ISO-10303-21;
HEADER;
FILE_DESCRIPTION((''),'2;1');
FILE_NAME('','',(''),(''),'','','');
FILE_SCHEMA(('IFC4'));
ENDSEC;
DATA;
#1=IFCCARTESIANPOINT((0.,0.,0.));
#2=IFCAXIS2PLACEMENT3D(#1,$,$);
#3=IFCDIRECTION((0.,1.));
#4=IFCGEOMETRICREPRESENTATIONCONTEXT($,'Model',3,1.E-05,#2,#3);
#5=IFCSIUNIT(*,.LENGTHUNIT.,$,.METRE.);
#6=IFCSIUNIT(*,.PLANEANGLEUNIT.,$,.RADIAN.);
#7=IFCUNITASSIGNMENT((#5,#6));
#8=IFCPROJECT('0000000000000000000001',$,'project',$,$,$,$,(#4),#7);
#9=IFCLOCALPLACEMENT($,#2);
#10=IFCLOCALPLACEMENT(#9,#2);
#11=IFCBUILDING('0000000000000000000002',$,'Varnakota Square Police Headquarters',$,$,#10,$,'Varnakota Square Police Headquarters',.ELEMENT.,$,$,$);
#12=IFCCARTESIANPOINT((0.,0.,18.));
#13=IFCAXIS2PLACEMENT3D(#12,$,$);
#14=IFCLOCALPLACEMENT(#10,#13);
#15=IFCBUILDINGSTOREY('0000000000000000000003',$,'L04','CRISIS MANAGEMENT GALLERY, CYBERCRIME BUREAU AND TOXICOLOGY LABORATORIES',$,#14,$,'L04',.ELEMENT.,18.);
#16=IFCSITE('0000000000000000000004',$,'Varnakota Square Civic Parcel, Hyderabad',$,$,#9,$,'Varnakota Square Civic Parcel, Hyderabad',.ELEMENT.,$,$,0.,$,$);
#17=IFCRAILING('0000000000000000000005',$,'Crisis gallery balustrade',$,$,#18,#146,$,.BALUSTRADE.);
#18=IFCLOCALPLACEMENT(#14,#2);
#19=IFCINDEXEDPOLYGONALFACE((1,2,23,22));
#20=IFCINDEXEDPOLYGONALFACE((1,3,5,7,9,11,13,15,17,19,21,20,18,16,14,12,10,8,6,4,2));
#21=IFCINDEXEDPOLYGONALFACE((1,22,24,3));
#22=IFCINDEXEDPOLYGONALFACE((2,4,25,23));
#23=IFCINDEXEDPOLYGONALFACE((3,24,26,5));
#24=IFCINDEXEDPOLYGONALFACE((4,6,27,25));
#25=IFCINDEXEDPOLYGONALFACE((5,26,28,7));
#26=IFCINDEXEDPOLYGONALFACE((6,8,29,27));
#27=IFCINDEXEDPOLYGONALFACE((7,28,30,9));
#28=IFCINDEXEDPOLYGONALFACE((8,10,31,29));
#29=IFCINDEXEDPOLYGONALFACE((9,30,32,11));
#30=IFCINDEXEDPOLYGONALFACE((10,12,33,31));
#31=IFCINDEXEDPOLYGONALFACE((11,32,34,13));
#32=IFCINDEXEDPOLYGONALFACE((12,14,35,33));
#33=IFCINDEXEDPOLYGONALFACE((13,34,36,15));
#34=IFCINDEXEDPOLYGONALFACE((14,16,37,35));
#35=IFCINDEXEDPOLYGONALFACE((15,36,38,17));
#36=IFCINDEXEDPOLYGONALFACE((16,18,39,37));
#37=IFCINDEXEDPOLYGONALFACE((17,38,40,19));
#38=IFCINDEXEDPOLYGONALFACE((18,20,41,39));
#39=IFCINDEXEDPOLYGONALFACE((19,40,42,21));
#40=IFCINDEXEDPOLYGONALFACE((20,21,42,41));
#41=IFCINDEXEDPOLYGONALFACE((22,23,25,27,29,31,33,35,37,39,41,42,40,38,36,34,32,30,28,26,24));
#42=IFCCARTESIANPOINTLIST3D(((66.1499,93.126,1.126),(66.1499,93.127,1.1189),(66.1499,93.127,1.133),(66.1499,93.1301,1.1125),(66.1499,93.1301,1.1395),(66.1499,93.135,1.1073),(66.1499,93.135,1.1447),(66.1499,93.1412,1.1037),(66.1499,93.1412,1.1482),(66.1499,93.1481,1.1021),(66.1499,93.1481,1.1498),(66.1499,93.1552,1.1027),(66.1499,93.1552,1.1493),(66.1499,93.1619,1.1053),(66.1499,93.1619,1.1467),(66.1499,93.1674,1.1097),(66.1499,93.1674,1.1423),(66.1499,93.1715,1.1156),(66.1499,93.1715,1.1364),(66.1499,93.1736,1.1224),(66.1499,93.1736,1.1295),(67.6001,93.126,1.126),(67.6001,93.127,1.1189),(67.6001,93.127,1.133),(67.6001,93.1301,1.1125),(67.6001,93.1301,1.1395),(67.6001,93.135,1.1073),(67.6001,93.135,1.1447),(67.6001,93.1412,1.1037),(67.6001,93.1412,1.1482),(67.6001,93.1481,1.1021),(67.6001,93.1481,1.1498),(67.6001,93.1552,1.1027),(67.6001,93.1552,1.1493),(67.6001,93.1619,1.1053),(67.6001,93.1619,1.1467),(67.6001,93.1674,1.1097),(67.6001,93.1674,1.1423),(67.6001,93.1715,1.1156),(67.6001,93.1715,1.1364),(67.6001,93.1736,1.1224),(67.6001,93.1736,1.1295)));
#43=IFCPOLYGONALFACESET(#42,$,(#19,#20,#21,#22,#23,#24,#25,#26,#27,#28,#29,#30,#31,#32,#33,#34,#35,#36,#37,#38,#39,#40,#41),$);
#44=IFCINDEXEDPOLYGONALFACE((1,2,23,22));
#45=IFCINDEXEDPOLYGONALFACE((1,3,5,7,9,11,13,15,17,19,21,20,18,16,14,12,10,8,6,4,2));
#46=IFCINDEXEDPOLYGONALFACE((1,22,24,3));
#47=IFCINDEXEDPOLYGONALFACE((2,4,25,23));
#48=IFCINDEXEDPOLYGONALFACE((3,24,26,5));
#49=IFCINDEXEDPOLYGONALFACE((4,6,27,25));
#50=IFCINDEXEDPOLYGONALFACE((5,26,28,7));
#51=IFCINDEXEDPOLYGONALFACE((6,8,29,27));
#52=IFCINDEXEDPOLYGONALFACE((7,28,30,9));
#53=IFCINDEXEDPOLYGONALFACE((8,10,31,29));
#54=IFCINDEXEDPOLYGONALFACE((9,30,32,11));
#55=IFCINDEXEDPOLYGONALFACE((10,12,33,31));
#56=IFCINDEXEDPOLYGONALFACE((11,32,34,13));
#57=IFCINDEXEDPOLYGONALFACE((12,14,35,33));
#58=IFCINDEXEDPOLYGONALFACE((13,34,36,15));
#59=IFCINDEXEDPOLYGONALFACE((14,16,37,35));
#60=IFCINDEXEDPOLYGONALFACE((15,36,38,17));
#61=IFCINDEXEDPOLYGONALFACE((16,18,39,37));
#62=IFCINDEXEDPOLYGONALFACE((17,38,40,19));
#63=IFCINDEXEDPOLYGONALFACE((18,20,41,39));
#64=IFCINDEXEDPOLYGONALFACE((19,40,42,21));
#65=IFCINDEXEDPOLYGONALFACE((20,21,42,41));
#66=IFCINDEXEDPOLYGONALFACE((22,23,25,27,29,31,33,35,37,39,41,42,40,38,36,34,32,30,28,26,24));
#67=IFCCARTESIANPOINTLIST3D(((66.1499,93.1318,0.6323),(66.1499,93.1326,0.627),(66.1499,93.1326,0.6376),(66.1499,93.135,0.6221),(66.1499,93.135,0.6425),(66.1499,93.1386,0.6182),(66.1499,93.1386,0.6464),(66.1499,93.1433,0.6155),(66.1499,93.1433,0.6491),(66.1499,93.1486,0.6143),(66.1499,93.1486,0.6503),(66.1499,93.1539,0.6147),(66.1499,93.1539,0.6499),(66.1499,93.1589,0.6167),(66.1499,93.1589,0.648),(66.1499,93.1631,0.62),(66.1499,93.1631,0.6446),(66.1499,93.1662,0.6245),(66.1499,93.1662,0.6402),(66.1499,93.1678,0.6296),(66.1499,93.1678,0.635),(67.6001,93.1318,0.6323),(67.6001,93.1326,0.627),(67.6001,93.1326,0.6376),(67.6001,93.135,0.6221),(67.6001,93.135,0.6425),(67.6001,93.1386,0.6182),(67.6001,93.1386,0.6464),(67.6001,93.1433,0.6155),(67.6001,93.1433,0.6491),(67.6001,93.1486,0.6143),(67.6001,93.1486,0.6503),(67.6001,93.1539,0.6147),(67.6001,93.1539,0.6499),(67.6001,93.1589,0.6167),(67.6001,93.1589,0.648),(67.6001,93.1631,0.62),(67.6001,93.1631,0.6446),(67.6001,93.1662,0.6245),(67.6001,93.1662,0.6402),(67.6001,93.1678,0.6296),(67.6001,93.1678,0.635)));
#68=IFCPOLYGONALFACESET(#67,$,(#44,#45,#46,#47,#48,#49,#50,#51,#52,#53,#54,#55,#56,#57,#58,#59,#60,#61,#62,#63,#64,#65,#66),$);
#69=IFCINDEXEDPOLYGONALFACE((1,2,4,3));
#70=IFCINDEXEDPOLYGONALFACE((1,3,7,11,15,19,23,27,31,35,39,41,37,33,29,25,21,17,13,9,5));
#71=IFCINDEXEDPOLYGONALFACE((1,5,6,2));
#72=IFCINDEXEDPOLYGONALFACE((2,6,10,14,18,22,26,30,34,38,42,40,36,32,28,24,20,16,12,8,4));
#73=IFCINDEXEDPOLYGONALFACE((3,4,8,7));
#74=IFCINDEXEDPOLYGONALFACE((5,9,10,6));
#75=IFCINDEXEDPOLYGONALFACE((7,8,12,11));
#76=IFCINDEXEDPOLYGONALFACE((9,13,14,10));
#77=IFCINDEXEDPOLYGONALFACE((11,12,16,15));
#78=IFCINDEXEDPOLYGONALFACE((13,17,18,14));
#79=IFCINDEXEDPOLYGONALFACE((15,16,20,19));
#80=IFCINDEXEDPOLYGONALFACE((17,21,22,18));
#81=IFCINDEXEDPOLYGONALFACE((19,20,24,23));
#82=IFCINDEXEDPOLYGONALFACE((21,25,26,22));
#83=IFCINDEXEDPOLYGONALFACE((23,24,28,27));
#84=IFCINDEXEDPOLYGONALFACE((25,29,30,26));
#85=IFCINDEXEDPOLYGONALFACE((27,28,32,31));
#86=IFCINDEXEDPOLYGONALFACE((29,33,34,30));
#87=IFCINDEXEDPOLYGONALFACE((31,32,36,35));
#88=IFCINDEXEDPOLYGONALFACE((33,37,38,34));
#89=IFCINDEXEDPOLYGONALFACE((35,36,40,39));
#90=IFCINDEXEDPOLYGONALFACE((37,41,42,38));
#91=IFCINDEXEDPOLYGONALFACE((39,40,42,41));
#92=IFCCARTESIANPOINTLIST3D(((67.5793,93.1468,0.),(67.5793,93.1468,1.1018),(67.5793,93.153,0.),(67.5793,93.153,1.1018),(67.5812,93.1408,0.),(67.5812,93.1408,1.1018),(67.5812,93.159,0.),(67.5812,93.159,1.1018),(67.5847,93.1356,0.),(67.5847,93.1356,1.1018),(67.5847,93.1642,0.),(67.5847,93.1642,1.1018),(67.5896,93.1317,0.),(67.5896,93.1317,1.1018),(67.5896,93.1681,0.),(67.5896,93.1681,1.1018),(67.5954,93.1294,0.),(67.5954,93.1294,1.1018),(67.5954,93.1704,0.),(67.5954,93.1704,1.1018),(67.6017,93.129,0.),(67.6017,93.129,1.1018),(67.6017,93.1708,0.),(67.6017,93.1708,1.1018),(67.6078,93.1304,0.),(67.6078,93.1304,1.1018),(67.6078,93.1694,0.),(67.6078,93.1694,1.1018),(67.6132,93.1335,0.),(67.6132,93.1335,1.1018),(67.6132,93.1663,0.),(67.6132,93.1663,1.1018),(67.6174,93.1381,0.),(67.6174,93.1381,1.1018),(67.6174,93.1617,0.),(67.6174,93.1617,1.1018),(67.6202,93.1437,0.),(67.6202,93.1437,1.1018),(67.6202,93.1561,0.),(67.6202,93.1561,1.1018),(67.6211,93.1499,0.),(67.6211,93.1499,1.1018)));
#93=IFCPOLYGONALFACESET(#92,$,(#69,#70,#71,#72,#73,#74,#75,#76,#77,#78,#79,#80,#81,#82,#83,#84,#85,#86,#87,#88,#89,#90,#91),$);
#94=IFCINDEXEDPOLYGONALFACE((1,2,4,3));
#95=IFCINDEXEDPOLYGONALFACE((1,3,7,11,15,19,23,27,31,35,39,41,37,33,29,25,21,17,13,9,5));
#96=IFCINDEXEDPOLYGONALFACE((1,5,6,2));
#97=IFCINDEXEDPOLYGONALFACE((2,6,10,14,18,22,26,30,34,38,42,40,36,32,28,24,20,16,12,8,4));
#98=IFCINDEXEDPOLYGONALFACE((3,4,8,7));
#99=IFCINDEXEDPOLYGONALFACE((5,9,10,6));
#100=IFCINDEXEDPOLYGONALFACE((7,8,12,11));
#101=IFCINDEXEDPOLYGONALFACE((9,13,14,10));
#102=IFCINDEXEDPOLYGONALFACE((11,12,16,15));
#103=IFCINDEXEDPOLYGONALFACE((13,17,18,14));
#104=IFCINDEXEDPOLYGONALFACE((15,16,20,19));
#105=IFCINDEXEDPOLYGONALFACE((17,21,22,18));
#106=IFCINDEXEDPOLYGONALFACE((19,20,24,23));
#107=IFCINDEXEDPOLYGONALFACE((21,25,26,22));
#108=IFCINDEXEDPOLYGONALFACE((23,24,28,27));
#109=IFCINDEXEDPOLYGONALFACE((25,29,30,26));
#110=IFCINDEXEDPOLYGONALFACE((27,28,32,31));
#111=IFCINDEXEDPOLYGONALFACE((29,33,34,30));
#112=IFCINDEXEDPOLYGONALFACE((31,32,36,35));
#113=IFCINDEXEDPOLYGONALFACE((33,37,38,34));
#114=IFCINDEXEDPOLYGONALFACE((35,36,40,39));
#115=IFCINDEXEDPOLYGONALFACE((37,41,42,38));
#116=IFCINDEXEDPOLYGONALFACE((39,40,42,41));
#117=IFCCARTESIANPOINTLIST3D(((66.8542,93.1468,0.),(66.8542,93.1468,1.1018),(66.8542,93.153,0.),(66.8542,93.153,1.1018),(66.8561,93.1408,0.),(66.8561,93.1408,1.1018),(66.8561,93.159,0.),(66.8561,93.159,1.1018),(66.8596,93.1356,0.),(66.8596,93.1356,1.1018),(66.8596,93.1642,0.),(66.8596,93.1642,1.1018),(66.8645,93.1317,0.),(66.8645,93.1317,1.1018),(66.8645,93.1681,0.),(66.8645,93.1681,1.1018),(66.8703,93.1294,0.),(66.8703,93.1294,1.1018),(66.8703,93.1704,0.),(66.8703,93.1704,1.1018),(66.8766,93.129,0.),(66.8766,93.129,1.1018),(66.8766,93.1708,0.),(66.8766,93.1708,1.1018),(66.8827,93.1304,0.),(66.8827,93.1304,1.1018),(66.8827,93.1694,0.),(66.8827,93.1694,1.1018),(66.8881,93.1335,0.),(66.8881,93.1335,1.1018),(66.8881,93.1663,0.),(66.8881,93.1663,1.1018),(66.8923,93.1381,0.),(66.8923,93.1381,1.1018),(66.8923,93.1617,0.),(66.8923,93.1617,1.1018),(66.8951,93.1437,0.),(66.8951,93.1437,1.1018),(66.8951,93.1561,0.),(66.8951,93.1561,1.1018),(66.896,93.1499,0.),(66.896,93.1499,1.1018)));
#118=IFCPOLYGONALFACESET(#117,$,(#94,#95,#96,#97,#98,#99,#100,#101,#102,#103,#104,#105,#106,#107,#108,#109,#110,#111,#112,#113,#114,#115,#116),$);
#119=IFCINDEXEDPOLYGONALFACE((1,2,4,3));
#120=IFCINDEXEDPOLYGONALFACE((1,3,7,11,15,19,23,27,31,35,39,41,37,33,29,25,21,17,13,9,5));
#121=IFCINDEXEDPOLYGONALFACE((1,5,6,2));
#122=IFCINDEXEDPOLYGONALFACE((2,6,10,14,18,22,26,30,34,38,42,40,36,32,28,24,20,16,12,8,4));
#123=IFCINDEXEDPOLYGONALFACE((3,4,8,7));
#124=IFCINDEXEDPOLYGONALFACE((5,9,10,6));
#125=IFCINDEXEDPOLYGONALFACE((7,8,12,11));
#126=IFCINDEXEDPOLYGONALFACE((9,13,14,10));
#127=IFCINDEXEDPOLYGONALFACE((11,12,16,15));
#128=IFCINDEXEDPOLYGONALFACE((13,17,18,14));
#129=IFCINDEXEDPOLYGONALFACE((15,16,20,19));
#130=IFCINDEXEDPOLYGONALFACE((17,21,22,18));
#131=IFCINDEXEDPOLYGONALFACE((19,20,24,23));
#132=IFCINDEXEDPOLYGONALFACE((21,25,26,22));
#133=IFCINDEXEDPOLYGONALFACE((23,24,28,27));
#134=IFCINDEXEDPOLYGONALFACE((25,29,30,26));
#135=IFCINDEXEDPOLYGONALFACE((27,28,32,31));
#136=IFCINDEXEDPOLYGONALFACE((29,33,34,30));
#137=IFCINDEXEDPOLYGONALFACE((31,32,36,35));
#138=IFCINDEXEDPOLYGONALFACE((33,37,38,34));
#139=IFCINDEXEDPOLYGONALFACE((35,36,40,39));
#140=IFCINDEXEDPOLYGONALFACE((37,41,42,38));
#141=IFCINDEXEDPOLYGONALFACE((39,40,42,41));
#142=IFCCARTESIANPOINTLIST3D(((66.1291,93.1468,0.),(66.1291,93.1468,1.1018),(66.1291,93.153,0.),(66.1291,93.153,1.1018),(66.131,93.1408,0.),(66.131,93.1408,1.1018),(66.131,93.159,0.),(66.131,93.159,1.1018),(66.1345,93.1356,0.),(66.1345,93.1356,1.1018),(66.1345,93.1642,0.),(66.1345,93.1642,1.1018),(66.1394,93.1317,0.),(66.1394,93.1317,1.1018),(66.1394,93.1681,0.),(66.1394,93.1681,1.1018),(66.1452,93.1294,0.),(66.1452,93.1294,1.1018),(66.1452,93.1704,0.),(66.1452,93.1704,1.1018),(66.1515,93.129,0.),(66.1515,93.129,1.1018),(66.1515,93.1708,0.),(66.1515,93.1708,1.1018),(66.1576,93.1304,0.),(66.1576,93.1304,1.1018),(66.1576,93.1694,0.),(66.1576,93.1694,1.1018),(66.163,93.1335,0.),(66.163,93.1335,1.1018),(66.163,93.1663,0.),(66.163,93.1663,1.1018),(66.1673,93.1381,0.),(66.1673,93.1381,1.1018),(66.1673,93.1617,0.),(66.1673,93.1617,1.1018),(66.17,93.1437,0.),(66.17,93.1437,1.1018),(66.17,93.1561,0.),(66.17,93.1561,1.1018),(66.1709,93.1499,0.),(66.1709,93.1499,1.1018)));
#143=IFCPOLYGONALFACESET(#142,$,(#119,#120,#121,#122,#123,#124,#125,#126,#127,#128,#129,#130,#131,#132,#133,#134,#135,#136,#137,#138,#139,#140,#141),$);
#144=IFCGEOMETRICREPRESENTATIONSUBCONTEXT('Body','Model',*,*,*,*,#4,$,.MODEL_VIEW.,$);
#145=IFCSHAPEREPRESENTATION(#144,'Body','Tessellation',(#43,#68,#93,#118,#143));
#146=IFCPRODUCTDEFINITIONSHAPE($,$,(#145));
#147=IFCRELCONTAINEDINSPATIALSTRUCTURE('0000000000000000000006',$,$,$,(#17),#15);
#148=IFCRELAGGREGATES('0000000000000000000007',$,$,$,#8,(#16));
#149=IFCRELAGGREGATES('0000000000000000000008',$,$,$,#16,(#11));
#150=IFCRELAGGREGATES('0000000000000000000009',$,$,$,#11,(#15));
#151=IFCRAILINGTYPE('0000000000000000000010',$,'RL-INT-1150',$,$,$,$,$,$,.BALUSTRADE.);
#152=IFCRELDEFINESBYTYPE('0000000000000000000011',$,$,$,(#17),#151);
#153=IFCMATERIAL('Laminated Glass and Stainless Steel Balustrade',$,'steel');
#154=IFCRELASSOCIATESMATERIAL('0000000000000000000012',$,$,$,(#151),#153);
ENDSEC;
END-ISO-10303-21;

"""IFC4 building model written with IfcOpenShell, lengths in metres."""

from ifc_helpers import new_model, si_unit, direction, frame, origin, origin_2d, place, context, subcontext, project, spatial, circle, extrude, material, type_object, element, save


model = new_model("IFC4")

# Units and contexts
model_context = context("Model", 3, precision=1e-05, world=origin(), true_north=direction((0.0, 1.0)))
body_context = subcontext(model_context, "Body", "Model", "MODEL_VIEW")
ifc_project = project(units=[si_unit("LENGTHUNIT", "METRE"), si_unit("PLANEANGLEUNIT", "RADIAN")], contexts=[model_context])

# Site, building, storey
site_placement = place(None, origin())
site = spatial("IfcSite", under=ifc_project, at=site_placement, Name="Varnakota Square Civic Parcel, Hyderabad", LongName="Varnakota Square Civic Parcel, Hyderabad", CompositionType="ELEMENT", RefElevation=0.0)
building_placement = place(site_placement, origin())
building = spatial("IfcBuilding", under=site, at=building_placement, Name="Varnakota Square Police Headquarters", LongName="Varnakota Square Police Headquarters", CompositionType="ELEMENT")
storey_placement = place(building_placement, frame((0.0, 0.0, 18.0)))
storey = spatial("IfcBuildingStorey", under=building, at=storey_placement, Name="L04", Description="CRISIS MANAGEMENT GALLERY, CYBERCRIME BUREAU AND TOXICOLOGY LABORATORIES", LongName="L04", CompositionType="ELEMENT", Elevation=18.0)

# Railing
ifc_material_1 = material(Name="Laminated Glass and Stainless Steel Balustrade", Category="steel")
railing_type_1 = type_object("IfcRailingType", Name="RL-INT-1150", PredefinedType="BALUSTRADE", material=ifc_material_1)
railing_1_placement = place(storey_placement, frame((67.6001, 93.1499, 0.0)))
element("IfcRailing", 1, at=railing_1_placement, inside=storey, type_object=railing_type_1, Name="Crisis gallery balustrade", PredefinedType="BALUSTRADE", context=body_context, shape_type="SweptSolid", body=[
    extrude(circle(Radius=0.0239, at=origin_2d()), frame((0.0, 0.0, 1.126), z_axis=(-1.0, 0.0, 0.0), x_axis=(0.0, -1.0, 0.0)), (0.0, 0.0, 1.0), 1.4502),
    extrude(circle(Radius=0.0181, at=origin_2d()), frame((0.0, 0.0, 0.6323), z_axis=(-1.0, 0.0, 0.0), x_axis=(0.0, -1.0, 0.0)), (0.0, 0.0, 1.0), 1.4502),
    extrude(circle(Radius=0.021, at=origin_2d()), origin(), (0.0, 0.0, 1.0), 1.1018),
    extrude(circle(Radius=0.021, at=origin_2d()), frame((-0.7251, 0.0, 0.0)), (0.0, 0.0, 1.0), 1.1018),
    extrude(circle(Radius=0.021, at=origin_2d()), frame((-1.4502, 0.0, 0.0)), (0.0, 0.0, 1.0), 1.1018),
])

save(model, "model.ifc")
